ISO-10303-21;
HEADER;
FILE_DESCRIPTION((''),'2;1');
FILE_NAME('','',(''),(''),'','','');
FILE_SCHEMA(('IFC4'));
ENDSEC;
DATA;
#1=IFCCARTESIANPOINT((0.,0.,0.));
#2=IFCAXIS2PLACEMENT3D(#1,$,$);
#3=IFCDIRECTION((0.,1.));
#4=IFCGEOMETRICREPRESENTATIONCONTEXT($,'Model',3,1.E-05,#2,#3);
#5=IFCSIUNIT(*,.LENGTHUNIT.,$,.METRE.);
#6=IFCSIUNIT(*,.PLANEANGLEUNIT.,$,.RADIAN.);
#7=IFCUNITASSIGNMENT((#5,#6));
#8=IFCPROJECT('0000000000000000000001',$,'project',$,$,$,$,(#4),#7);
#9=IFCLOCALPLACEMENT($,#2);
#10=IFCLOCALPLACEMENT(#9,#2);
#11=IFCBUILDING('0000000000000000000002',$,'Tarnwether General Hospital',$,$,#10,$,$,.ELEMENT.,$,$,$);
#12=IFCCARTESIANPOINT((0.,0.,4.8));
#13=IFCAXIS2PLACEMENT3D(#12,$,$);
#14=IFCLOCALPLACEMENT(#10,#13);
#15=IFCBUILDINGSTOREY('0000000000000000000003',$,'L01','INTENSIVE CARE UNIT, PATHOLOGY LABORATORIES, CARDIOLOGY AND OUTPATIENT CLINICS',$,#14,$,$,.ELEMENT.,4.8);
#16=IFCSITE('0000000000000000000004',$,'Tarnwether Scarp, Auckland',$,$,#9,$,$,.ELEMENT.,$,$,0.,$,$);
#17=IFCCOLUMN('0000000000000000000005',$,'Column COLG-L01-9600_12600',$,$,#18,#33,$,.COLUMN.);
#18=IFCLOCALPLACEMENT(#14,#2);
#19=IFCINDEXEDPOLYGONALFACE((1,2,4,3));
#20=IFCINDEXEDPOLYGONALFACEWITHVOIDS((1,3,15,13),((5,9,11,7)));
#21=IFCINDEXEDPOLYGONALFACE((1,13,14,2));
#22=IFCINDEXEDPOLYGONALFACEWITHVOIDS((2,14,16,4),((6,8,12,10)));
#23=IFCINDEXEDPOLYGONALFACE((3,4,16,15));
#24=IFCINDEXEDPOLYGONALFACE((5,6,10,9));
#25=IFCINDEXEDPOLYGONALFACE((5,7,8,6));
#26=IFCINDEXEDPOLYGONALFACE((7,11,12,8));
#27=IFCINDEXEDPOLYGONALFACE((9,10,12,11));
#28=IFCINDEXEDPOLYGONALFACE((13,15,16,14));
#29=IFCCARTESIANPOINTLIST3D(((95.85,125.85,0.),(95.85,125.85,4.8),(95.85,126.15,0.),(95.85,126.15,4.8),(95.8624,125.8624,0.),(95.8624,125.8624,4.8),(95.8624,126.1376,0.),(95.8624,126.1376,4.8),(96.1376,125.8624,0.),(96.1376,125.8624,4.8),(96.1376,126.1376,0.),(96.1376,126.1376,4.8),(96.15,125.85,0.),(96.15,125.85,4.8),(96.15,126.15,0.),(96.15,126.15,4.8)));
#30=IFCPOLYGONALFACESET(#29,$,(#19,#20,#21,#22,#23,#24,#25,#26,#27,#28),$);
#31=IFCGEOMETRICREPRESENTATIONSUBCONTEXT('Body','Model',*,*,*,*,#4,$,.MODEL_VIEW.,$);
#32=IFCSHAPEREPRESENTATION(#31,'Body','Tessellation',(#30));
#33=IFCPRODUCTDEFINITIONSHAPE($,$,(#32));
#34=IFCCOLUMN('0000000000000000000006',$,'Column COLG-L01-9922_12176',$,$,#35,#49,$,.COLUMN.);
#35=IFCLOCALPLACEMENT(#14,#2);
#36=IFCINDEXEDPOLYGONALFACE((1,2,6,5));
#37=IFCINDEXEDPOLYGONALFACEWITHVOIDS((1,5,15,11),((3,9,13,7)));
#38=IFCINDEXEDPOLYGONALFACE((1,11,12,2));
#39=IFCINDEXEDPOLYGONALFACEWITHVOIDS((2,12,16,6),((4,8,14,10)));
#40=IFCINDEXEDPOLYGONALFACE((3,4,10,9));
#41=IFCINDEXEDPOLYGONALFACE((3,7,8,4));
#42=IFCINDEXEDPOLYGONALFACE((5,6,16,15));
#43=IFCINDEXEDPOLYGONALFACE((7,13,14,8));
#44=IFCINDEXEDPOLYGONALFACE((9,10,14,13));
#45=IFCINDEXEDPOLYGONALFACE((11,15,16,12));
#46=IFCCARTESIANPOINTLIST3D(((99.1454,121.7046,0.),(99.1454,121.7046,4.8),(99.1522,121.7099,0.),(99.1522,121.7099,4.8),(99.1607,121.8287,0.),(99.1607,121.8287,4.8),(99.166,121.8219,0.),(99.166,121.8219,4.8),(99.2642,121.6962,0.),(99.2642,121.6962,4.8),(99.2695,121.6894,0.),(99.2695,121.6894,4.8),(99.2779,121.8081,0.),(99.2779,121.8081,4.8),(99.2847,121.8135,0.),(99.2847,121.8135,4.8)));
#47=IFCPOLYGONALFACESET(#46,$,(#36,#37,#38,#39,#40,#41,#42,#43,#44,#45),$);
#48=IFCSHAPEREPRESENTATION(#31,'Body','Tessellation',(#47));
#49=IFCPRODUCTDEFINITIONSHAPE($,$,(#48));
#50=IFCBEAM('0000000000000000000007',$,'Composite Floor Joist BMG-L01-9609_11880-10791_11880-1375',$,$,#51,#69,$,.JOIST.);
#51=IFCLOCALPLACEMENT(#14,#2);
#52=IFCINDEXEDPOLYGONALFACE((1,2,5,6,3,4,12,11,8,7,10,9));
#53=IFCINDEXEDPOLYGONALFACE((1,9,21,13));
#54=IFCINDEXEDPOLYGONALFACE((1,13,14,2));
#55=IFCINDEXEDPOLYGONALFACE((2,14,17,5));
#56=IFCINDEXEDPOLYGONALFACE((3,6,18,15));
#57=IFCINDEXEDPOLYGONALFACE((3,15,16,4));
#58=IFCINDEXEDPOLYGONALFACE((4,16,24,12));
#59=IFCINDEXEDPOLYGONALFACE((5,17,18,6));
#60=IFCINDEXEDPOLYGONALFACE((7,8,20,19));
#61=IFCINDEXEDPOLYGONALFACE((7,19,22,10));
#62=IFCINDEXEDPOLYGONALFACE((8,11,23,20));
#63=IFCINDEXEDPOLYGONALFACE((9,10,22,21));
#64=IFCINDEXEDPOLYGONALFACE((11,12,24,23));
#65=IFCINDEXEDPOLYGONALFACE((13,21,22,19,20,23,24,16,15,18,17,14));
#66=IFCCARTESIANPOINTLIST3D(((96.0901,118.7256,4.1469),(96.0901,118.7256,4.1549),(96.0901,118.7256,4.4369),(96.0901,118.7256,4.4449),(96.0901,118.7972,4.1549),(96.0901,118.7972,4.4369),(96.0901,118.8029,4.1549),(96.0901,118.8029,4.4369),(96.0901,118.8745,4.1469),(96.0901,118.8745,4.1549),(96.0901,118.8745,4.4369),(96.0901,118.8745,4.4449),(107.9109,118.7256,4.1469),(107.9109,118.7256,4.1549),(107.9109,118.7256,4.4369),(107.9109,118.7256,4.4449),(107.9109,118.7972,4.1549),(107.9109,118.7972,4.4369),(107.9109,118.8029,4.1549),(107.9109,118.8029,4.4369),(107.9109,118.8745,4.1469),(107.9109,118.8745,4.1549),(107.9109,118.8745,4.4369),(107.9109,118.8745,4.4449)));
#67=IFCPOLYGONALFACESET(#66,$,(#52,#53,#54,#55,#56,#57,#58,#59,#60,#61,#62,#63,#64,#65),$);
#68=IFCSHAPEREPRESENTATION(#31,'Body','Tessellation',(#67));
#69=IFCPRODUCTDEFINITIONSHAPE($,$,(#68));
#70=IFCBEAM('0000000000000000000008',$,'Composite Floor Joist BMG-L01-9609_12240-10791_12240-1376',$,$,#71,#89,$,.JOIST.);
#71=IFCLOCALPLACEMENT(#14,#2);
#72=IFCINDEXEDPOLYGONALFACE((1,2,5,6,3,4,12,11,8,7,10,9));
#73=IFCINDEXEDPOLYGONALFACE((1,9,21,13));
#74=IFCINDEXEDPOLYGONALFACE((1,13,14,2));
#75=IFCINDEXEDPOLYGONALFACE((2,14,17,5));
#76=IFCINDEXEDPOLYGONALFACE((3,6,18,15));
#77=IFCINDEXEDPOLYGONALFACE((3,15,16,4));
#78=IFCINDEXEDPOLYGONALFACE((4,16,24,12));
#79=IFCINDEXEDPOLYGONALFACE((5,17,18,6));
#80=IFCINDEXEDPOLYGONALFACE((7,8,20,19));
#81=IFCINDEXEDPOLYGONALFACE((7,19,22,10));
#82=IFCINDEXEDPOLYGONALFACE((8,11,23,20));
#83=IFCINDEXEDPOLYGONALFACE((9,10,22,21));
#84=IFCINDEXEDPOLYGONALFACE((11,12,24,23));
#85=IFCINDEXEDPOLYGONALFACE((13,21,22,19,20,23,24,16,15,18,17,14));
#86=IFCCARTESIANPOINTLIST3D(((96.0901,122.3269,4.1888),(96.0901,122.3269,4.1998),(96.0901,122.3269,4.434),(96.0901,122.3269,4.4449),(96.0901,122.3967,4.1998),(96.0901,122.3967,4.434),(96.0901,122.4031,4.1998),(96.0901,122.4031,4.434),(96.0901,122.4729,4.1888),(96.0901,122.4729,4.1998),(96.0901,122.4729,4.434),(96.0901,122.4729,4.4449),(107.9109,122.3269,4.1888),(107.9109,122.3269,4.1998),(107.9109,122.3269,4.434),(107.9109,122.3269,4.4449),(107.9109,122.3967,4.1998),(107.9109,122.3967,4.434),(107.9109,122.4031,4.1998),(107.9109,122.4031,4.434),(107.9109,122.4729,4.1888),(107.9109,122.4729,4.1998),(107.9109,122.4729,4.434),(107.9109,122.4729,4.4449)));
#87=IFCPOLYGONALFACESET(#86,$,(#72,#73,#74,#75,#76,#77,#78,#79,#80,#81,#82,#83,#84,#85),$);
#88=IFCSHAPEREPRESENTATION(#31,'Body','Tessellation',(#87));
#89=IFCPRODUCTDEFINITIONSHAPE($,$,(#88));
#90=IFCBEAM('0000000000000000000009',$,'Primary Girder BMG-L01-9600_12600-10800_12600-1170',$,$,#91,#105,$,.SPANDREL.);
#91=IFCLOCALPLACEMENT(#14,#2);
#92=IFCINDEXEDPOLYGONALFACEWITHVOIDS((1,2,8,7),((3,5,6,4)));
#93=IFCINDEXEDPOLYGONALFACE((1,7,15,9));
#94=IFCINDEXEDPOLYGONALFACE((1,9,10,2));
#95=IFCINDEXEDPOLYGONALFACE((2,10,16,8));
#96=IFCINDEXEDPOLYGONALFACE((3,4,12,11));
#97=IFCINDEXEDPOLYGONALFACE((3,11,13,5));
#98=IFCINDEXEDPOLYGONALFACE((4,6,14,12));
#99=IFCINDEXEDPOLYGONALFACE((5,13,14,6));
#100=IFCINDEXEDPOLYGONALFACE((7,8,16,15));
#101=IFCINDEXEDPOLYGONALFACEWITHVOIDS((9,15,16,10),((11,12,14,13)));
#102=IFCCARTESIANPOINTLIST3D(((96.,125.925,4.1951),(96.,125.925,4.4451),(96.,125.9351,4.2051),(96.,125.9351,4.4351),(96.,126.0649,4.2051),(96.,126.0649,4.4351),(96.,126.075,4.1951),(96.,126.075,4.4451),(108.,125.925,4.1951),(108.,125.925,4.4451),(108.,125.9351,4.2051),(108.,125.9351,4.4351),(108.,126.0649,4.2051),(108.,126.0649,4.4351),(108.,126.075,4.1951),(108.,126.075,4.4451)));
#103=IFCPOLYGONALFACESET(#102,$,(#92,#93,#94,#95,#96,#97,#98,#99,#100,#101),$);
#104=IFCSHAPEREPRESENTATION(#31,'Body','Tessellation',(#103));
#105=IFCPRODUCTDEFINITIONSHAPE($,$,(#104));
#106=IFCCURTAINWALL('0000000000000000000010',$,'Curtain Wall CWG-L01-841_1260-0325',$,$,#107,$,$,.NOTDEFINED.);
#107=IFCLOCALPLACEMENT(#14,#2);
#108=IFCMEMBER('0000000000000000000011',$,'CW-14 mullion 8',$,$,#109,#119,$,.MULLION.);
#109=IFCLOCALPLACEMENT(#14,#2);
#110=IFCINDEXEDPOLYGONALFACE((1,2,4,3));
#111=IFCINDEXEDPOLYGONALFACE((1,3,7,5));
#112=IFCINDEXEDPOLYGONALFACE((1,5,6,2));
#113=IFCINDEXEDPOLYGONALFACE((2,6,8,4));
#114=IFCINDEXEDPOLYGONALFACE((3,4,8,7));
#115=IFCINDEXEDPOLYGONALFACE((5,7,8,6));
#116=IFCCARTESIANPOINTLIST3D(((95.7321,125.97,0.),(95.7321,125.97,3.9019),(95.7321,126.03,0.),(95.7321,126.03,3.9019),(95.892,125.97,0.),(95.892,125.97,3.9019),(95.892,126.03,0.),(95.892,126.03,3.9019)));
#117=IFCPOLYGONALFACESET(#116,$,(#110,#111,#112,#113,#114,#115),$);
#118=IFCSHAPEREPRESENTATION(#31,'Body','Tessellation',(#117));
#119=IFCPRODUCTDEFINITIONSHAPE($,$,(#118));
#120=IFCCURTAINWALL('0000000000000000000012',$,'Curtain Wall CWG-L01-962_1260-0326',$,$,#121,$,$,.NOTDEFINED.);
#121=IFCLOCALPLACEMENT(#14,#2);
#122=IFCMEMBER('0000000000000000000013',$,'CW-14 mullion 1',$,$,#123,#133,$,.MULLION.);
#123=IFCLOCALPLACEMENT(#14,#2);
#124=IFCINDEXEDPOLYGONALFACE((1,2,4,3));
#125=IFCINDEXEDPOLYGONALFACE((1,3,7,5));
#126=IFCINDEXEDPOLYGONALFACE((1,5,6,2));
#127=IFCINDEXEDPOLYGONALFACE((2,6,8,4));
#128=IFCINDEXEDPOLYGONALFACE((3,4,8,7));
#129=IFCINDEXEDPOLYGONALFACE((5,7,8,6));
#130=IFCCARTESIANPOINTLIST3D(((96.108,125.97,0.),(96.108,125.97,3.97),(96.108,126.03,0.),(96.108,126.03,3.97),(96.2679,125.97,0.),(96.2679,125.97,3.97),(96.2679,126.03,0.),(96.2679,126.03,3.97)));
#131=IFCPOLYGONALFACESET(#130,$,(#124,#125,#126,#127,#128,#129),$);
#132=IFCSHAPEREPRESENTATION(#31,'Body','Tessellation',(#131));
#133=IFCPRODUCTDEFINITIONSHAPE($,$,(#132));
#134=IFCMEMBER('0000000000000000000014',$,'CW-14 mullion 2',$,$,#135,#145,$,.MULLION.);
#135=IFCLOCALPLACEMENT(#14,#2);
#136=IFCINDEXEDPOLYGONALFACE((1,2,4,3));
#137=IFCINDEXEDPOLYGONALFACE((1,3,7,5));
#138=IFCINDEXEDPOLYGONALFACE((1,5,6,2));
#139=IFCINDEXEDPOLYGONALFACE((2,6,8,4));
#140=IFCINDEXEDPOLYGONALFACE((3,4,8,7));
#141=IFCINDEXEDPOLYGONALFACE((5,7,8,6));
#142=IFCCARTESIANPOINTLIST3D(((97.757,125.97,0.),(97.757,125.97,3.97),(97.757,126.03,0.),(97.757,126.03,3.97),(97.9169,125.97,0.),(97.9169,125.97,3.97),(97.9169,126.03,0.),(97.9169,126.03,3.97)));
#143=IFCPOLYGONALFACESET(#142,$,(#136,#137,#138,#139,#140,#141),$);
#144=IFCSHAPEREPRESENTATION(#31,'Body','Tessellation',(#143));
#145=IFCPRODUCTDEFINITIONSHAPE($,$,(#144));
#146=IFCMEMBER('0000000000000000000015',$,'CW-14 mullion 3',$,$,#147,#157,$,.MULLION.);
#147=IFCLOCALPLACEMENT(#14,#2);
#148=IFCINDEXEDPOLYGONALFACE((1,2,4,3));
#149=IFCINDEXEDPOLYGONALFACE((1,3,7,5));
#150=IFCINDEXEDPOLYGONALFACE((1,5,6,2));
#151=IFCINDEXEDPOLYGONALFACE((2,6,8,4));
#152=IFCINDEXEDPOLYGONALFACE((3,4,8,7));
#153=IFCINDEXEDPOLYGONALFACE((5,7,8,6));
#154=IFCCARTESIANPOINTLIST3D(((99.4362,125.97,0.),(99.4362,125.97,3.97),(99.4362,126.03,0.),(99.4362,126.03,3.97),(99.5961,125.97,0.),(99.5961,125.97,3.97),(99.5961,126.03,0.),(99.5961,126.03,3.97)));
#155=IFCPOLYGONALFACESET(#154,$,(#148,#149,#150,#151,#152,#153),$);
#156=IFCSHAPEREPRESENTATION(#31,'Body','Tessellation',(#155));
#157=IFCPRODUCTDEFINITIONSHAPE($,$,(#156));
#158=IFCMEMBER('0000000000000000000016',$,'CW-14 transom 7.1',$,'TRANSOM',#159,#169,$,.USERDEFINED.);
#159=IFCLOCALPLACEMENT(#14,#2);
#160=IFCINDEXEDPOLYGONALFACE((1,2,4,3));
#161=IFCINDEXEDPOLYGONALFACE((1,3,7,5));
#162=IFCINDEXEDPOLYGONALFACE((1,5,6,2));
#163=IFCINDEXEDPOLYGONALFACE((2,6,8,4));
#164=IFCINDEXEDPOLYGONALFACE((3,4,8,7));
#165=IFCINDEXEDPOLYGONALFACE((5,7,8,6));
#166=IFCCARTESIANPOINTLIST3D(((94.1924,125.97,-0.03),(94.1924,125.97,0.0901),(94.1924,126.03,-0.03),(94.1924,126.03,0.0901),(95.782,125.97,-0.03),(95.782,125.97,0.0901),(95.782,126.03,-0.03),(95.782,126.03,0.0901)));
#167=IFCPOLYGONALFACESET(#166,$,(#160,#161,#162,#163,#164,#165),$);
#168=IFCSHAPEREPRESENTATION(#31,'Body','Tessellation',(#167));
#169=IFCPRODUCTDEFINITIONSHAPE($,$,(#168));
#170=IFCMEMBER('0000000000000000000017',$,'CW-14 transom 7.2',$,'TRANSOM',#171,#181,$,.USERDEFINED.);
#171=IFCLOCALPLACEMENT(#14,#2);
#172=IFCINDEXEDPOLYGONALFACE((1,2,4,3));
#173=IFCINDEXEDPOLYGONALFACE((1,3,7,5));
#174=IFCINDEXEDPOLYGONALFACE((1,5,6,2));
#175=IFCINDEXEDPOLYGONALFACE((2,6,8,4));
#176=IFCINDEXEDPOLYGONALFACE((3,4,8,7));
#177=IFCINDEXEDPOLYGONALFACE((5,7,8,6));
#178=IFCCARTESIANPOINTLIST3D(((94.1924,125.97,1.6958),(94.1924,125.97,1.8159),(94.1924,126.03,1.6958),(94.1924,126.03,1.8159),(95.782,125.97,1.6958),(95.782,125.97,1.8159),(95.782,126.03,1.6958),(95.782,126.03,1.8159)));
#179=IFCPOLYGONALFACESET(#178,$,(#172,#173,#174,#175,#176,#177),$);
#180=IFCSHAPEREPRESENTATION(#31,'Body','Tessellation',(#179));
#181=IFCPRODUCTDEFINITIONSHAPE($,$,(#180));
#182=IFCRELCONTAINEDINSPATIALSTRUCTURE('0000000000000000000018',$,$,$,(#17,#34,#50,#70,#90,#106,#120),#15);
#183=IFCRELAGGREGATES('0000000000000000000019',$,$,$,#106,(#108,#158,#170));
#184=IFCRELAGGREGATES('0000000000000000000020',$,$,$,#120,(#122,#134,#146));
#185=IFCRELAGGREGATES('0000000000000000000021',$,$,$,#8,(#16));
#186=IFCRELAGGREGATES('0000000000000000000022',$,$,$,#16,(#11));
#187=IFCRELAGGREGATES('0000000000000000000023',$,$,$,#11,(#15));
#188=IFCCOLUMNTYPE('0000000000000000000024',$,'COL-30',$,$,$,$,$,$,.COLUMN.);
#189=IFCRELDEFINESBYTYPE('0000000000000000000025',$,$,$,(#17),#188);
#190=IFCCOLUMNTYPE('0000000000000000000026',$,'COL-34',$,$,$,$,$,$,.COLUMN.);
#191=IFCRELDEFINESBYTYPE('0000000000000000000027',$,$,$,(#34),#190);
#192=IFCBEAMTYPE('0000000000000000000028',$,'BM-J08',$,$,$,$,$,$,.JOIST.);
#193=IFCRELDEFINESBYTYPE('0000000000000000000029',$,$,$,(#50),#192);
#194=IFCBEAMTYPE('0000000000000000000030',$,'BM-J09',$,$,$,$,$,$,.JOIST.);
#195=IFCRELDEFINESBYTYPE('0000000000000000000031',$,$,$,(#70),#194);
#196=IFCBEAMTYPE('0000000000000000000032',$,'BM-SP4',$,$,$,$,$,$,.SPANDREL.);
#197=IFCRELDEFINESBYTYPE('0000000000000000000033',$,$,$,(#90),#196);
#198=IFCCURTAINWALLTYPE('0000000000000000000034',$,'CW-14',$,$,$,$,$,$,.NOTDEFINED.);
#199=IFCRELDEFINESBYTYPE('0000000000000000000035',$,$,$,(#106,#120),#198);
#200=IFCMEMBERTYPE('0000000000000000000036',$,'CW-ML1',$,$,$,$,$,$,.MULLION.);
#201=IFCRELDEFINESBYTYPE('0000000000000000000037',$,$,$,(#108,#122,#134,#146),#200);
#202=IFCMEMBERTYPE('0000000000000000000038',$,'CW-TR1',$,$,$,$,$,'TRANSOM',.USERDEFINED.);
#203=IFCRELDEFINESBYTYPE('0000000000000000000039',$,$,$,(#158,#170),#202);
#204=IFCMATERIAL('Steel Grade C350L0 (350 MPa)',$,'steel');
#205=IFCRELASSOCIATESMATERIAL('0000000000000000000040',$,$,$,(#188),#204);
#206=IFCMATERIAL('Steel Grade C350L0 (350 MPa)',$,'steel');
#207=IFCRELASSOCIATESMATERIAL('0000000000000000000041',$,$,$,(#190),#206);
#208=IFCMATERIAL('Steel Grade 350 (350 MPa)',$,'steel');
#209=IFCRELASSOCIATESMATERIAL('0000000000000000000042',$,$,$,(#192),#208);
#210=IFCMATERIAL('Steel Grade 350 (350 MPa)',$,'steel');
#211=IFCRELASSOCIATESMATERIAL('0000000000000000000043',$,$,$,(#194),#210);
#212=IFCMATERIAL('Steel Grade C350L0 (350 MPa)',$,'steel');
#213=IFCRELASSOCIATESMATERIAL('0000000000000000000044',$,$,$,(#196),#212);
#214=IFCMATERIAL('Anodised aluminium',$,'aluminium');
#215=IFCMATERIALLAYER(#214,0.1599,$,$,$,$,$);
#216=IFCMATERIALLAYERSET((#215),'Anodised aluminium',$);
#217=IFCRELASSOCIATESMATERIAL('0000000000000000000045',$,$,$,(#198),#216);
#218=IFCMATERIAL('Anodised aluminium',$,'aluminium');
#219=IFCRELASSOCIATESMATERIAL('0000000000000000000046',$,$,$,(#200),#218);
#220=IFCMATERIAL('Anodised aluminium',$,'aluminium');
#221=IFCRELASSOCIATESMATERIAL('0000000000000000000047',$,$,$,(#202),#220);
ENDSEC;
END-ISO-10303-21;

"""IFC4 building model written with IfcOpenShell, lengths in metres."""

from ifc_helpers import new_model, si_unit, direction, frame, origin, origin_2d, place, context, subcontext, project, spatial, rectangle, hollow_rectangle, i_section, extrude, material, layer, layer_set, material_profile, profile_set, type_object, element, aggregate, save


model = new_model("IFC4")

# Units and contexts
model_context = context("Model", 3, precision=1e-05, world=origin(), true_north=direction((0.0, 1.0)))
body_context = subcontext(model_context, "Body", "Model", "MODEL_VIEW")
ifc_project = project(units=[si_unit("LENGTHUNIT", "METRE"), si_unit("PLANEANGLEUNIT", "RADIAN")], contexts=[model_context])

# Site, building, storey
site_placement = place(None, origin())
site = spatial("IfcSite", under=ifc_project, at=site_placement, Name="Tarnwether Scarp, Auckland", CompositionType="ELEMENT", RefElevation=0.0)
building_placement = place(site_placement, origin())
building = spatial("IfcBuilding", under=site, at=building_placement, Name="Tarnwether General Hospital", CompositionType="ELEMENT")
storey_placement = place(building_placement, frame((0.0, 0.0, 4.8)))
storey = spatial("IfcBuildingStorey", under=building, at=storey_placement, Name="L01", Description="INTENSIVE CARE UNIT, PATHOLOGY LABORATORIES, CARDIOLOGY AND OUTPATIENT CLINICS", CompositionType="ELEMENT", Elevation=4.8)

# Columns
ifc_material_1 = material(Name="Steel Grade C350L0 (350 MPa)", Category="steel")
ifc_material_profile_1 = material_profile(ifc_material_1, hollow_rectangle(XDim=0.3, YDim=0.3, WallThickness=0.0125, at=origin_2d()), Name="SHS300x300x12.5")
ifc_profile_set_1 = profile_set([ifc_material_profile_1], Name="Steel Grade C350L0 (350 MPa)")
column_type_1 = type_object("IfcColumnType", Name="COL-30", PredefinedType="COLUMN", material=ifc_profile_set_1)
column_1_placement = place(storey_placement, frame((96.0, 126.0, 0.0), z_axis=(0.0, 0.0, 1.0), x_axis=(1.0, 0.0, 0.0)))
element("IfcColumn", 1, at=column_1_placement, inside=storey, type_object=column_type_1, Name="Column COLG-L01-9600_12600", PredefinedType="COLUMN", context=body_context, shape_type="SweptSolid", body=[
    extrude(hollow_rectangle(XDim=0.3, YDim=0.3, WallThickness=0.0125, at=origin_2d()), origin(), (0.0, 0.0, 1.0), 4.8),
])
ifc_material_2 = material(Name="Steel Grade C350L0 (350 MPa)", Category="steel")
ifc_material_profile_2 = material_profile(ifc_material_2, hollow_rectangle(XDim=0.125, YDim=0.125, WallThickness=0.0061, at=origin_2d()), Name="SHS125x125x6")
ifc_profile_set_2 = profile_set([ifc_material_profile_2], Name="Steel Grade C350L0 (350 MPa)")
column_type_2 = type_object("IfcColumnType", Name="COL-34", PredefinedType="COLUMN", material=ifc_profile_set_2)
column_2_placement = place(storey_placement, frame((99.2151, 121.759, 0.0), z_axis=(0.0, 0.0, 1.0), x_axis=(0.121869, 0.992546, 0.0)))
element("IfcColumn", 2, at=column_2_placement, inside=storey, type_object=column_type_2, Name="Column COLG-L01-9922_12176", PredefinedType="COLUMN", context=body_context, shape_type="SweptSolid", body=[
    extrude(hollow_rectangle(XDim=0.125, YDim=0.125, WallThickness=0.0061, at=origin_2d()), origin(), (0.0, 0.0, 1.0), 4.8),
])

# Beams
ifc_material_3 = material(Name="Steel Grade 350 (350 MPa)", Category="steel")
ifc_material_profile_3 = material_profile(ifc_material_3, i_section(OverallWidth=0.1489, OverallDepth=0.2981, WebThickness=0.0056, FlangeThickness=0.0081, at=origin_2d()), Name="310UB32.0")
ifc_profile_set_3 = profile_set([ifc_material_profile_3], Name="Steel Grade 350 (350 MPa)")
beam_type_1 = type_object("IfcBeamType", Name="BM-J08", PredefinedType="JOIST", material=ifc_profile_set_3)
beam_1_placement = place(storey_placement, frame((96.0901, 118.8, 4.2959), z_axis=(1.0, 0.0, 0.0), x_axis=(0.0, 1.0, 0.0)))
element("IfcBeam", 3, at=beam_1_placement, inside=storey, type_object=beam_type_1, Name="Composite Floor Joist BMG-L01-9609_11880-10791_11880-1375", PredefinedType="JOIST", context=body_context, shape_type="SweptSolid", body=[
    extrude(i_section(OverallWidth=0.1489, OverallDepth=0.2981, WebThickness=0.0056, FlangeThickness=0.0081, at=origin_2d()), origin(), (0.0, 0.0, 1.0), 11.8208),
])
ifc_material_4 = material(Name="Steel Grade 350 (350 MPa)", Category="steel")
ifc_material_profile_4 = material_profile(ifc_material_4, i_section(OverallWidth=0.146, OverallDepth=0.2561, WebThickness=0.0063, FlangeThickness=0.011, at=origin_2d()), Name="250UB37.3")
ifc_profile_set_4 = profile_set([ifc_material_profile_4], Name="Steel Grade 350 (350 MPa)")
beam_type_2 = type_object("IfcBeamType", Name="BM-J09", PredefinedType="JOIST", material=ifc_profile_set_4)
beam_2_placement = place(storey_placement, frame((96.0901, 122.3999, 4.3169), z_axis=(1.0, 0.0, 0.0), x_axis=(0.0, 1.0, 0.0)))
element("IfcBeam", 4, at=beam_2_placement, inside=storey, type_object=beam_type_2, Name="Composite Floor Joist BMG-L01-9609_12240-10791_12240-1376", PredefinedType="JOIST", context=body_context, shape_type="SweptSolid", body=[
    extrude(i_section(OverallWidth=0.146, OverallDepth=0.2561, WebThickness=0.0063, FlangeThickness=0.011, at=origin_2d()), origin(), (0.0, 0.0, 1.0), 11.8208),
])
ifc_material_5 = material(Name="Steel Grade C350L0 (350 MPa)", Category="steel")
ifc_material_profile_5 = material_profile(ifc_material_5, hollow_rectangle(XDim=0.1499, YDim=0.25, WallThickness=0.01, at=origin_2d()), Name="RHS250x150x10")
ifc_profile_set_5 = profile_set([ifc_material_profile_5], Name="Steel Grade C350L0 (350 MPa)")
beam_type_3 = type_object("IfcBeamType", Name="BM-SP4", PredefinedType="SPANDREL", material=ifc_profile_set_5)
beam_3_placement = place(storey_placement, frame((96.0, 126.0, 4.3201), z_axis=(1.0, 0.0, 0.0), x_axis=(0.0, 1.0, 0.0)))
element("IfcBeam", 5, at=beam_3_placement, inside=storey, type_object=beam_type_3, Name="Primary Girder BMG-L01-9600_12600-10800_12600-1170", PredefinedType="SPANDREL", context=body_context, shape_type="SweptSolid", body=[
    extrude(hollow_rectangle(XDim=0.1499, YDim=0.25, WallThickness=0.01, at=origin_2d()), origin(), (0.0, 0.0, 1.0), 12.0),
])

# Curtain wall, member
ifc_material_6 = material(Name="Anodised aluminium", Category="aluminium")
ifc_layer_1 = layer(ifc_material_6, 0.1599)
ifc_layer_set_1 = layer_set([ifc_layer_1], Name="Anodised aluminium")
curtain_wall_type = type_object("IfcCurtainWallType", Name="CW-14", PredefinedType="NOTDEFINED", material=ifc_layer_set_1)
curtain_wall_1_placement = place(storey_placement, origin())
curtain_wall_1 = element("IfcCurtainWall", 6, at=curtain_wall_1_placement, inside=storey, type_object=curtain_wall_type, Name="Curtain Wall CWG-L01-841_1260-0325", PredefinedType="NOTDEFINED")
ifc_material_7 = material(Name="Anodised aluminium", Category="aluminium")
ifc_material_profile_6 = material_profile(ifc_material_7, rectangle(XDim=0.0601, YDim=0.1599, at=origin_2d()), Name="ALU-MUL-60x160")
ifc_profile_set_6 = profile_set([ifc_material_profile_6], Name="Anodised aluminium")
member_type_1 = type_object("IfcMemberType", Name="CW-ML1", PredefinedType="MULLION", material=ifc_profile_set_6)
member_1_placement = place(storey_placement, frame((95.812, 126.0, 0.0), z_axis=(0.0, 0.0, 1.0), x_axis=(0.0, 1.0, 0.0)))
member_1 = element("IfcMember", 7, at=member_1_placement, type_object=member_type_1, Name="CW-14 mullion 8", PredefinedType="MULLION", context=body_context, shape_type="SweptSolid", body=[
    extrude(rectangle(XDim=0.0601, YDim=0.1599, at=origin_2d()), origin(), (0.0, 0.0, 1.0), 3.9019),
])

# Curtain wall, members
curtain_wall_2_placement = place(storey_placement, origin())
curtain_wall_2 = element("IfcCurtainWall", 8, at=curtain_wall_2_placement, inside=storey, type_object=curtain_wall_type, Name="Curtain Wall CWG-L01-962_1260-0326", PredefinedType="NOTDEFINED")
member_2_placement = place(storey_placement, frame((96.188, 126.0, 0.0), z_axis=(0.0, 0.0, 1.0), x_axis=(0.0, 1.0, 0.0)))
member_2 = element("IfcMember", 9, at=member_2_placement, type_object=member_type_1, Name="CW-14 mullion 1", PredefinedType="MULLION", context=body_context, shape_type="SweptSolid", body=[
    extrude(rectangle(XDim=0.0601, YDim=0.1599, at=origin_2d()), origin(), (0.0, 0.0, 1.0), 3.97),
])
member_3_placement = place(storey_placement, frame((97.8369, 126.0, 0.0), z_axis=(0.0, 0.0, 1.0), x_axis=(0.0, 1.0, 0.0)))
member_3 = element("IfcMember", 10, at=member_3_placement, type_object=member_type_1, Name="CW-14 mullion 2", PredefinedType="MULLION", context=body_context, shape_type="SweptSolid", body=[
    extrude(rectangle(XDim=0.0601, YDim=0.1599, at=origin_2d()), origin(), (0.0, 0.0, 1.0), 3.97),
])
member_4_placement = place(storey_placement, frame((99.5161, 126.0, 0.0), z_axis=(0.0, 0.0, 1.0), x_axis=(0.0, 1.0, 0.0)))
member_4 = element("IfcMember", 11, at=member_4_placement, type_object=member_type_1, Name="CW-14 mullion 3", PredefinedType="MULLION", context=body_context, shape_type="SweptSolid", body=[
    extrude(rectangle(XDim=0.0601, YDim=0.1599, at=origin_2d()), origin(), (0.0, 0.0, 1.0), 3.97),
])

# Members
ifc_material_8 = material(Name="Anodised aluminium", Category="aluminium")
ifc_material_profile_7 = material_profile(ifc_material_8, rectangle(XDim=0.0601, YDim=0.1201, at=origin_2d()), Name="ALU-TRN-60x120")
ifc_profile_set_7 = profile_set([ifc_material_profile_7], Name="Anodised aluminium")
member_type_2 = type_object("IfcMemberType", Name="CW-TR1", ElementType="TRANSOM", PredefinedType="USERDEFINED", material=ifc_profile_set_7)
member_5_placement = place(storey_placement, frame((94.1924, 126.0, 0.03), z_axis=(1.0, 0.0, 0.0), x_axis=(0.0, 1.0, 0.0)))
member_5 = element("IfcMember", 12, at=member_5_placement, type_object=member_type_2, Name="CW-14 transom 7.1", ObjectType="TRANSOM", PredefinedType="USERDEFINED", context=body_context, shape_type="SweptSolid", body=[
    extrude(rectangle(XDim=0.0601, YDim=0.1201, at=origin_2d()), origin(), (0.0, 0.0, 1.0), 1.5896),
])
member_6_placement = place(storey_placement, frame((94.1924, 126.0, 1.7559), z_axis=(1.0, 0.0, 0.0), x_axis=(0.0, 1.0, 0.0)))
member_6 = element("IfcMember", 13, at=member_6_placement, type_object=member_type_2, Name="CW-14 transom 7.2", ObjectType="TRANSOM", PredefinedType="USERDEFINED", context=body_context, shape_type="SweptSolid", body=[
    extrude(rectangle(XDim=0.0601, YDim=0.1201, at=origin_2d()), origin(), (0.0, 0.0, 1.0), 1.5896),
])

aggregate(curtain_wall_1, [member_1, member_5, member_6])
aggregate(curtain_wall_2, [member_2, member_3, member_4])

save(model, "model.ifc")
